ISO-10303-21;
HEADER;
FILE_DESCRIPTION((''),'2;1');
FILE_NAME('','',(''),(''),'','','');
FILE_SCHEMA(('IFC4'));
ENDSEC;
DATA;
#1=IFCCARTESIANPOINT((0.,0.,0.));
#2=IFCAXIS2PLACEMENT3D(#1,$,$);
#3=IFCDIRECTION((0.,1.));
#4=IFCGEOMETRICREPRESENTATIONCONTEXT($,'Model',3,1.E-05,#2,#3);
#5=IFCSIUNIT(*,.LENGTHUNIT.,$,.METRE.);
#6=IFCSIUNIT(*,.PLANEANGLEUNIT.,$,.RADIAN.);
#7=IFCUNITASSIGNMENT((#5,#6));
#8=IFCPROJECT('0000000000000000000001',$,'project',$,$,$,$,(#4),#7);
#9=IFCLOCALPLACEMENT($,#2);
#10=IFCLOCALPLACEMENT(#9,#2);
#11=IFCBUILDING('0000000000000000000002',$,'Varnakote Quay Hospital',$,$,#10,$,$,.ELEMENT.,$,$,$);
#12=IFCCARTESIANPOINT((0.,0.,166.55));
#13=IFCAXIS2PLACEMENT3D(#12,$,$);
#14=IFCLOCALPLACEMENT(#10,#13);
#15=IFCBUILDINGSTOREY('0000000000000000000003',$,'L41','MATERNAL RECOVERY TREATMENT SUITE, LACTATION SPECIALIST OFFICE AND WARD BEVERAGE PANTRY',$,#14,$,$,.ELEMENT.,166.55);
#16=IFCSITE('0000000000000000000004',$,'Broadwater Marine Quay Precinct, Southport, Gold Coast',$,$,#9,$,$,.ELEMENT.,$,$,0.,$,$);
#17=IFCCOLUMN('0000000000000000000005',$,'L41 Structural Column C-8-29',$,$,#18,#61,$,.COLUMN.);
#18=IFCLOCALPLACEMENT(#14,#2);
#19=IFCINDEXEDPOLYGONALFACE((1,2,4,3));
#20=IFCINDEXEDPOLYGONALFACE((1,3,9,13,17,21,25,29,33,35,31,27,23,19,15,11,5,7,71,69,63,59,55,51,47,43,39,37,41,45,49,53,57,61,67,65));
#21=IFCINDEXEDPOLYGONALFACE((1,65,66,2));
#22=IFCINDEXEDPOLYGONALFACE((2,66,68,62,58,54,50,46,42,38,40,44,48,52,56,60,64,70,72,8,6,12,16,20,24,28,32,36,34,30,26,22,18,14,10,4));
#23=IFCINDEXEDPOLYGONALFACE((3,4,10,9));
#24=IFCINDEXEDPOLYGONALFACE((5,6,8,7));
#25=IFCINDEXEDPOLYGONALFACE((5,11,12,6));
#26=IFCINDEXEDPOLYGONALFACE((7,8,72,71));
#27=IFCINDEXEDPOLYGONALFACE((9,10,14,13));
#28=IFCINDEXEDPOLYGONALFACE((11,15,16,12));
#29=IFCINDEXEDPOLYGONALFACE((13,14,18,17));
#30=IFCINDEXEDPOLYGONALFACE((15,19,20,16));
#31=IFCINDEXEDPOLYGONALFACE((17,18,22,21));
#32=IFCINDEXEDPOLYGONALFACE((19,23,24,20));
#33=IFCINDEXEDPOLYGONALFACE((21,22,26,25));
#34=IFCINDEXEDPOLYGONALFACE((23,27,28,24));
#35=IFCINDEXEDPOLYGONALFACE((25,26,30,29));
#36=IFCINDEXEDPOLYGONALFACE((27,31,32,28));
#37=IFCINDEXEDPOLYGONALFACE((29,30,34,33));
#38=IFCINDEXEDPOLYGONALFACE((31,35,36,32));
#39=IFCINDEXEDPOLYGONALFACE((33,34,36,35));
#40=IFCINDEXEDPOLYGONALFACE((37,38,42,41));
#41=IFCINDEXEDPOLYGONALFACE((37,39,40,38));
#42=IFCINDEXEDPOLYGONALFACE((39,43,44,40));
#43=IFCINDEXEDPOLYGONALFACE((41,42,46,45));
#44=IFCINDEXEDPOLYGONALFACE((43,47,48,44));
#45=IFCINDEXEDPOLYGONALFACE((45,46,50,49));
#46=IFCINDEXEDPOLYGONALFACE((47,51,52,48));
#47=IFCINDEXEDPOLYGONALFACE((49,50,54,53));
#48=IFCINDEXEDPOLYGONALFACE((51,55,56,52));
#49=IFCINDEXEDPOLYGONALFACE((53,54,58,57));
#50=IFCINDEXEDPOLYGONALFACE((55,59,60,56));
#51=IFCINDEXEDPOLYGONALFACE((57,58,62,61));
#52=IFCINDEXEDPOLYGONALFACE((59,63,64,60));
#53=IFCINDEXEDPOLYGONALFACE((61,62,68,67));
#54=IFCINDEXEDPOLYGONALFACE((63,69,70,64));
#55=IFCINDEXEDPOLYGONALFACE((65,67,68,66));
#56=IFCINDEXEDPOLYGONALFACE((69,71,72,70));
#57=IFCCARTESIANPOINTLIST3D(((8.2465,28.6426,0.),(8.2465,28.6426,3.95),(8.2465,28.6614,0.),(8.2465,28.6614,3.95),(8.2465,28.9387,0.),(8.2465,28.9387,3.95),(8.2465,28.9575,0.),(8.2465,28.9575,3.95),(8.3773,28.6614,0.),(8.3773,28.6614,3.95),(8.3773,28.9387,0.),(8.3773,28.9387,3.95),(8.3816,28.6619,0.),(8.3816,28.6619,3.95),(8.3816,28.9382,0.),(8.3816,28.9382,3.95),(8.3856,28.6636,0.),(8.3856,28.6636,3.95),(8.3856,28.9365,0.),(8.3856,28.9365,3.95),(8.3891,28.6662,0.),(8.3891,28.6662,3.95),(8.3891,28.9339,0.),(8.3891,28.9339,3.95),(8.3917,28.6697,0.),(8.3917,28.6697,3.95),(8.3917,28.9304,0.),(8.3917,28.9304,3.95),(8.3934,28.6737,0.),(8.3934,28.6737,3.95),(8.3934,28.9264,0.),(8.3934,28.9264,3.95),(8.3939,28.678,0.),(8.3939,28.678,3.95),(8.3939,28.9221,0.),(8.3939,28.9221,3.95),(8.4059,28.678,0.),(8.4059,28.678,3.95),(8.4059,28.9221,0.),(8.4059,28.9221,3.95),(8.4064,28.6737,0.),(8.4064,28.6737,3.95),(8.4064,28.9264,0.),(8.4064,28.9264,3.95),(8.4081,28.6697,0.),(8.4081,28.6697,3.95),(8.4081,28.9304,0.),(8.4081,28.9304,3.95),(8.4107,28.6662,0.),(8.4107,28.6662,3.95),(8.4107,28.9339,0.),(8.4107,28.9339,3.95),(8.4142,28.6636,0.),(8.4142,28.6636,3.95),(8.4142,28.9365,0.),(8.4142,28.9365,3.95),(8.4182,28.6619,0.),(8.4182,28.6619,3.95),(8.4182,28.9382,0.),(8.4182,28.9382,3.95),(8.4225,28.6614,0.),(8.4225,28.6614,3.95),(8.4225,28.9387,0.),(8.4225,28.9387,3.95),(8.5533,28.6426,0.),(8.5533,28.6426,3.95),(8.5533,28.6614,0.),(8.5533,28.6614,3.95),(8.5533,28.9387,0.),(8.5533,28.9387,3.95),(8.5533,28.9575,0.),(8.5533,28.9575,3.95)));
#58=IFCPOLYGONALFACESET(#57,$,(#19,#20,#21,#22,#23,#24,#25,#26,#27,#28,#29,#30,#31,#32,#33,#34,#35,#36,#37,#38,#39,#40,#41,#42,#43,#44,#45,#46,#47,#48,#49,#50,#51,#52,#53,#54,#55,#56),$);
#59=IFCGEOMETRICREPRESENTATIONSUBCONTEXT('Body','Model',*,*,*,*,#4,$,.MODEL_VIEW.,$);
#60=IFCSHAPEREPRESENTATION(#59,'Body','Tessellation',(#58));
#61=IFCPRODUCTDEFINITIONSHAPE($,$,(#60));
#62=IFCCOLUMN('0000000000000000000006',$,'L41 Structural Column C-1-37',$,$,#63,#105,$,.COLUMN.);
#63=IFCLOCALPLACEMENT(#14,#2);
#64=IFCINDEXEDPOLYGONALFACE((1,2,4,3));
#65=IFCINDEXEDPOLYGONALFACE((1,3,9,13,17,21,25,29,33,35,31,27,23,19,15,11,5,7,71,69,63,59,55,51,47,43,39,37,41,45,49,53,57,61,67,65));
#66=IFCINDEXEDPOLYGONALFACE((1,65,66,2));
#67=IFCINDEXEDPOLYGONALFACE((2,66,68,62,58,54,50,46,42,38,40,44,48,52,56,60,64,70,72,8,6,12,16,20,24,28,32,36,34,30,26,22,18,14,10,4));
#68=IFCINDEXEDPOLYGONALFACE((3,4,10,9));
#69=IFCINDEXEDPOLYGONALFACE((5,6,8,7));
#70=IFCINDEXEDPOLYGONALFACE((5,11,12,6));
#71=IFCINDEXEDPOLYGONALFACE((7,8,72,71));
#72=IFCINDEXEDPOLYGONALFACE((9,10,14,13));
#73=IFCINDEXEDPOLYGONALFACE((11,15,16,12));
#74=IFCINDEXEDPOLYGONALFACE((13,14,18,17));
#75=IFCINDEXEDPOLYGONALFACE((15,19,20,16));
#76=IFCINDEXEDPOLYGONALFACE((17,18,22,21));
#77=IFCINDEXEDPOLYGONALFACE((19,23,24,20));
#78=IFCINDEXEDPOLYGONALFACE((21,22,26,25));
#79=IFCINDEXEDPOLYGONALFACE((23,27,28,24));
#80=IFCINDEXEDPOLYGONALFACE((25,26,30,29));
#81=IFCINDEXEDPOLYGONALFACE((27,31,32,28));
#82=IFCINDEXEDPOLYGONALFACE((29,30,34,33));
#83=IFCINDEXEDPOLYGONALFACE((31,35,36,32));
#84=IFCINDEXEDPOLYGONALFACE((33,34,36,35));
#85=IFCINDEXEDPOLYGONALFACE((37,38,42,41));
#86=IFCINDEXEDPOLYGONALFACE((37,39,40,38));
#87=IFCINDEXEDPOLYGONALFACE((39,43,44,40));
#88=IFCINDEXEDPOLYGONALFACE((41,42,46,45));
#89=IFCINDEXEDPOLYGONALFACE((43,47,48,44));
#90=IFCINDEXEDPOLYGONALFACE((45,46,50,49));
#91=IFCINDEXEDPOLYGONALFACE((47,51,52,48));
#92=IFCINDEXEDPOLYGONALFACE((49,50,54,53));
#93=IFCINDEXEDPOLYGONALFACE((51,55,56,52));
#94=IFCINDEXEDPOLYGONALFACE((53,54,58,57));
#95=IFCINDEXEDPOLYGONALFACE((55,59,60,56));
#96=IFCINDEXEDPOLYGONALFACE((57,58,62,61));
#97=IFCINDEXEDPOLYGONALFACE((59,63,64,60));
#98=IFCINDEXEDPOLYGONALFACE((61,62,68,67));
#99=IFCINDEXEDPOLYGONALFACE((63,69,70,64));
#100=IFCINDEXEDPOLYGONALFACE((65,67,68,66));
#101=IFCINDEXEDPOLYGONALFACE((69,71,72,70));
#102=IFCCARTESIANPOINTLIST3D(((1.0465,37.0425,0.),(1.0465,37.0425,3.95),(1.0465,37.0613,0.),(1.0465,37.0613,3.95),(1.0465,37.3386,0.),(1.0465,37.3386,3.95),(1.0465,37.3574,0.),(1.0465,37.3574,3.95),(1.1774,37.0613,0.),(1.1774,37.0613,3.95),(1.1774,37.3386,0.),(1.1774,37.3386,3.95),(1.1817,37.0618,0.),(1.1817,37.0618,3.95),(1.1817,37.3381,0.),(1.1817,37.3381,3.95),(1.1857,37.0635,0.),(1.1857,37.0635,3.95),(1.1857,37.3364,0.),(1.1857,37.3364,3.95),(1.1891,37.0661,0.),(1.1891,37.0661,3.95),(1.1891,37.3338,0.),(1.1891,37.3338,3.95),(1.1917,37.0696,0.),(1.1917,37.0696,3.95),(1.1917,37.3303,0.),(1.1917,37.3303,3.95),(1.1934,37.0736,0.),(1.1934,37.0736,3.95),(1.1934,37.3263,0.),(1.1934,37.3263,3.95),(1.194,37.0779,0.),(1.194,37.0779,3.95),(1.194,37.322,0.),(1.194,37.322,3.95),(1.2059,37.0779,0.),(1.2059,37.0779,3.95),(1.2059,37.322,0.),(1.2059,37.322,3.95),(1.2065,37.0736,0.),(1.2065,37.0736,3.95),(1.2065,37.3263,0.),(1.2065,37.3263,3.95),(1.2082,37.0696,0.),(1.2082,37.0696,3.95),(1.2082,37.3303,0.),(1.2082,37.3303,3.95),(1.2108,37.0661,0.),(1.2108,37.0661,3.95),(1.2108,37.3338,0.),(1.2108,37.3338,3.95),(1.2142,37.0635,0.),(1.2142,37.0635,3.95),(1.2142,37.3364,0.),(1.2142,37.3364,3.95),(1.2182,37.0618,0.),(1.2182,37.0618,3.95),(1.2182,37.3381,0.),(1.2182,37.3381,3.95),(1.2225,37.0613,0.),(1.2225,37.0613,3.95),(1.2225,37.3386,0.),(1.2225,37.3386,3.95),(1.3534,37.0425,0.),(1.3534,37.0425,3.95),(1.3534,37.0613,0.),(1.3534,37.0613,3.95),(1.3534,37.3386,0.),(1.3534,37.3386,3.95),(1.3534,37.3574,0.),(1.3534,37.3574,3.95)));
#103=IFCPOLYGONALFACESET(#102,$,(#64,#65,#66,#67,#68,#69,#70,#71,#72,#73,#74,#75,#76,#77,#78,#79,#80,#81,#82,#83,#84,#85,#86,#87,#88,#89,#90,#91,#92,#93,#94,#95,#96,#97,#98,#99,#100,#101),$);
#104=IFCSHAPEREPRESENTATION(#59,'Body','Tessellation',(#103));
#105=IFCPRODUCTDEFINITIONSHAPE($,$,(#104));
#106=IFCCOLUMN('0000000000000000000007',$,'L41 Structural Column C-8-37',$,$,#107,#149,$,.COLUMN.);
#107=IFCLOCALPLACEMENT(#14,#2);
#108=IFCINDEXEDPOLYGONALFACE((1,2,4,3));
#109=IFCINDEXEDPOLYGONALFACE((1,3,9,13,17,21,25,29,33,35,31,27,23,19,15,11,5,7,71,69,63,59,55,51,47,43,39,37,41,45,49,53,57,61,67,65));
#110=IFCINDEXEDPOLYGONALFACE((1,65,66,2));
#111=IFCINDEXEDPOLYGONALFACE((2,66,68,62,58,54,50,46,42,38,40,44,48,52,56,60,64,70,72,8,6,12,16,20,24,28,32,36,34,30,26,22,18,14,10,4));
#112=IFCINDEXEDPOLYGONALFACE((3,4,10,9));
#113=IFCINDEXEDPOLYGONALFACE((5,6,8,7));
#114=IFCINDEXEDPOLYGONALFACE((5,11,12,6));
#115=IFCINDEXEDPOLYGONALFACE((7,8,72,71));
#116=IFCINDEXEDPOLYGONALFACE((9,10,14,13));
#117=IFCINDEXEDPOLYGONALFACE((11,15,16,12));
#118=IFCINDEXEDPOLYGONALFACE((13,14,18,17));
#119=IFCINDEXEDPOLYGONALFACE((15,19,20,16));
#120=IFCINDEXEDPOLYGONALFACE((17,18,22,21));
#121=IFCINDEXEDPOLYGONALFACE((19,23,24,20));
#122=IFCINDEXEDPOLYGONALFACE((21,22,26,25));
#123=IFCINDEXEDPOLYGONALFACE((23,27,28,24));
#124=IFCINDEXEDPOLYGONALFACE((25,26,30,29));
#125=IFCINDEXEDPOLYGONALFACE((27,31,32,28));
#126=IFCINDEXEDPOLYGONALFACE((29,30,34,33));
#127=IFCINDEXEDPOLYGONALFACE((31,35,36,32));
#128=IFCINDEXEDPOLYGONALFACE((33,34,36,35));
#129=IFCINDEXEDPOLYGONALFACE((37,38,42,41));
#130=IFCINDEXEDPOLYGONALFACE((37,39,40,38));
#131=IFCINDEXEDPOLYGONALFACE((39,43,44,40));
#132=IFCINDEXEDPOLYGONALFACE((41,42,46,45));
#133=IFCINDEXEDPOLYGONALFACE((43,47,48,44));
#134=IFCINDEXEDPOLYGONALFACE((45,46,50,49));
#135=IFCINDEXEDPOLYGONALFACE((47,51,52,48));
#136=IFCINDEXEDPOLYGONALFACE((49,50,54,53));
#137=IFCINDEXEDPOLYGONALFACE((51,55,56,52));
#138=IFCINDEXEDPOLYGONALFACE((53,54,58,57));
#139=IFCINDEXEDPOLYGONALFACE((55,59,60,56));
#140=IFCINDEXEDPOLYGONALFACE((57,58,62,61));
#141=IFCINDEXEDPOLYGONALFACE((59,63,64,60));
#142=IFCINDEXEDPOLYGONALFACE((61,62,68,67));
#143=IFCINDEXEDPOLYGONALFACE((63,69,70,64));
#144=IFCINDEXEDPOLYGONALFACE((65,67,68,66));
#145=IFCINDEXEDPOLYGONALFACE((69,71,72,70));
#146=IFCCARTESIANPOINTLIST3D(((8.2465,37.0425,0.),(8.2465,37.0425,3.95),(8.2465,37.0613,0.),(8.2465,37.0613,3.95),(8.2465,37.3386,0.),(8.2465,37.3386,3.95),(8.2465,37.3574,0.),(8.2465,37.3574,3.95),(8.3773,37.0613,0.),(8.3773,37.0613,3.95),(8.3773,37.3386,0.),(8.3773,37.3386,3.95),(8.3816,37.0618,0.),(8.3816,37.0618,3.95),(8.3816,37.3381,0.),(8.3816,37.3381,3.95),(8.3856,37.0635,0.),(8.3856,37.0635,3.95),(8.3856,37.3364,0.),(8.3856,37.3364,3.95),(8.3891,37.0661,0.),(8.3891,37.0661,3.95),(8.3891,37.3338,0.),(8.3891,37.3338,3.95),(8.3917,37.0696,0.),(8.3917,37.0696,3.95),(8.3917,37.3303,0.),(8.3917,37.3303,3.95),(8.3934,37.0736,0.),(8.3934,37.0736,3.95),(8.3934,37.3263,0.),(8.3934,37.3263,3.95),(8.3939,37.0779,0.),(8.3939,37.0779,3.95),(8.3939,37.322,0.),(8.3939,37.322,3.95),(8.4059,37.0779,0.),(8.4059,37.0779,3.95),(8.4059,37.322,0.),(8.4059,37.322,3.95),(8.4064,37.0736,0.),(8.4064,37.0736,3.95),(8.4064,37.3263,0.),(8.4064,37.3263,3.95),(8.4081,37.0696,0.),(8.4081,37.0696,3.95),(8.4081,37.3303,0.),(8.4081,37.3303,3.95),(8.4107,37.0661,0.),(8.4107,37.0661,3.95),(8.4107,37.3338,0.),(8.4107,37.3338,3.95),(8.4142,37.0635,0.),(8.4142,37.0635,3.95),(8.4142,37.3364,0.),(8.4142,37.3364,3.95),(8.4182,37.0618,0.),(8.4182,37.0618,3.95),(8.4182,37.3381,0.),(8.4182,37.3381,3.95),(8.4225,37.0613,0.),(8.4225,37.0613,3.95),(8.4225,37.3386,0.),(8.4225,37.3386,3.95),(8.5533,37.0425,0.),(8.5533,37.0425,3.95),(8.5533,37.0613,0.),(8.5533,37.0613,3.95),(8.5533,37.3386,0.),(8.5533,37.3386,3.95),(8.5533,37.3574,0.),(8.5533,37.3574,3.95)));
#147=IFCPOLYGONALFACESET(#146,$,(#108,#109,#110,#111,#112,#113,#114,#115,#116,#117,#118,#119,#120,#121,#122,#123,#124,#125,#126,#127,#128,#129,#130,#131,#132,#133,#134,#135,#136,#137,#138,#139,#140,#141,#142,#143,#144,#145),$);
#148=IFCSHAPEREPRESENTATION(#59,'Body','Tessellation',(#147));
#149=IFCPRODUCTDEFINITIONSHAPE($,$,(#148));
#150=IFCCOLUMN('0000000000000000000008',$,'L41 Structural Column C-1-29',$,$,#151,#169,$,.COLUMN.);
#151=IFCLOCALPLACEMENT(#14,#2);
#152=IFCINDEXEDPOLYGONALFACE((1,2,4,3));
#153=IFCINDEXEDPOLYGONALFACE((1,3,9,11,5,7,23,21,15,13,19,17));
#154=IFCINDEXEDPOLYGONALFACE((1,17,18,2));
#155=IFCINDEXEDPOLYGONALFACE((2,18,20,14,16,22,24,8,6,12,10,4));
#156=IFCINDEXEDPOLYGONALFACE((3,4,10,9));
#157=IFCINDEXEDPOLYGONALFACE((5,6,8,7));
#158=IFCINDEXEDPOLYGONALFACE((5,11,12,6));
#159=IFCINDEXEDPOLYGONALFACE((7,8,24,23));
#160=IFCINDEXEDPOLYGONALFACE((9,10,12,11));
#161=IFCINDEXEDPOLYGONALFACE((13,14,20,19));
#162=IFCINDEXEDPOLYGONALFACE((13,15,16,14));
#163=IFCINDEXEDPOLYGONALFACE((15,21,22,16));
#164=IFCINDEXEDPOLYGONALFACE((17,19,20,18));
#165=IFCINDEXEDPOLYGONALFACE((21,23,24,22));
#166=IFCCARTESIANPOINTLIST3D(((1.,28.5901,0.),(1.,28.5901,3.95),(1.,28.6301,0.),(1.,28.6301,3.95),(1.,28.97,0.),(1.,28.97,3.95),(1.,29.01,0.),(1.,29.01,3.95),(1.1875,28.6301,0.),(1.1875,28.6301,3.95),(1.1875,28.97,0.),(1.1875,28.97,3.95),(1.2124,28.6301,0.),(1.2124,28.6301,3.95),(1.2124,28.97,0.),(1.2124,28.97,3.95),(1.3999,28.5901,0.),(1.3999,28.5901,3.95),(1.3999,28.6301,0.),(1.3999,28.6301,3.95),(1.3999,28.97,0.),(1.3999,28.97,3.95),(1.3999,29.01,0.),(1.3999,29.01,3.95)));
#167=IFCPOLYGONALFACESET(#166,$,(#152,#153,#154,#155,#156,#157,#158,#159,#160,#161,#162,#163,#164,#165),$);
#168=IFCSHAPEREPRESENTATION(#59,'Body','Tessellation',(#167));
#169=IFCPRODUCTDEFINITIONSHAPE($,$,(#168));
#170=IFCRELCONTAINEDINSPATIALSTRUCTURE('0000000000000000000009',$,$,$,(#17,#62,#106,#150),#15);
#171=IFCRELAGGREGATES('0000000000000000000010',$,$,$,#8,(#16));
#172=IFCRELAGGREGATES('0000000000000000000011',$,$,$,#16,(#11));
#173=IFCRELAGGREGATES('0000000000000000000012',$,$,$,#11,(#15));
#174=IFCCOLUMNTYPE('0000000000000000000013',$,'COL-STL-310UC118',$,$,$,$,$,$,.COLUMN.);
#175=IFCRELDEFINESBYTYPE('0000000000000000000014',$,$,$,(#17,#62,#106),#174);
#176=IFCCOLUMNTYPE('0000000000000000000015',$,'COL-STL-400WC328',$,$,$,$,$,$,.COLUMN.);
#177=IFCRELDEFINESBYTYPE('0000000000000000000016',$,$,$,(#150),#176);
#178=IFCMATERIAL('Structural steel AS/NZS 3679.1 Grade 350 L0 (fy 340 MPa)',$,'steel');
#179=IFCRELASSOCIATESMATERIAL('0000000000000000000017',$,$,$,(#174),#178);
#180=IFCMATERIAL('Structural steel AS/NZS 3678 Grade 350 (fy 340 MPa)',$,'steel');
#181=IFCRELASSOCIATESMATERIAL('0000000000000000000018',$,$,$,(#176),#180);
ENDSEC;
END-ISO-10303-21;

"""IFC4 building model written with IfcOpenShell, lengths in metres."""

from ifc_helpers import new_model, si_unit, direction, frame, origin, origin_2d, place, context, subcontext, project, spatial, i_section, extrude, material, material_profile, profile_set, type_object, element, save


model = new_model("IFC4")

# Units and contexts
model_context = context("Model", 3, precision=1e-05, world=origin(), true_north=direction((0.0, 1.0)))
body_context = subcontext(model_context, "Body", "Model", "MODEL_VIEW")
ifc_project = project(units=[si_unit("LENGTHUNIT", "METRE"), si_unit("PLANEANGLEUNIT", "RADIAN")], contexts=[model_context])

# Site, building, storey
site_placement = place(None, origin())
site = spatial("IfcSite", under=ifc_project, at=site_placement, Name="Broadwater Marine Quay Precinct, Southport, Gold Coast", CompositionType="ELEMENT", RefElevation=0.0)
building_placement = place(site_placement, origin())
building = spatial("IfcBuilding", under=site, at=building_placement, Name="Varnakote Quay Hospital", CompositionType="ELEMENT")
storey_placement = place(building_placement, frame((0.0, 0.0, 166.55)))
storey = spatial("IfcBuildingStorey", under=building, at=storey_placement, Name="L41", Description="MATERNAL RECOVERY TREATMENT SUITE, LACTATION SPECIALIST OFFICE AND WARD BEVERAGE PANTRY", CompositionType="ELEMENT", Elevation=166.55)

# Columns
ifc_material_1 = material(Name="Structural steel AS/NZS 3679.1 Grade 350 L0 (fy 340 MPa)", Category="steel")
ifc_material_profile_1 = material_profile(ifc_material_1, i_section(OverallWidth=0.3069, OverallDepth=0.3149, WebThickness=0.012, FlangeThickness=0.0188, FilletRadius=0.0166, at=origin_2d()), Name="310UC118")
ifc_profile_set_1 = profile_set([ifc_material_profile_1], Name="Structural steel AS/NZS 3679.1 Grade 350 L0 (fy 340 MPa)")
column_type_1 = type_object("IfcColumnType", Name="COL-STL-310UC118", PredefinedType="COLUMN", material=ifc_profile_set_1)
for number, where, z_axis, x_axis, name in (
    (1, (8.3999, 28.8, 0.0), (0.0, 0.0, 1.0), (1.0, 0.0, 0.0), "L41 Structural Column C-8-29"),
    (2, (1.2, 37.2, 0.0), (0.0, 0.0, 1.0), (1.0, 0.0, 0.0), "L41 Structural Column C-1-37"),
    (3, (8.3999, 37.2, 0.0), (0.0, 0.0, 1.0), (1.0, 0.0, 0.0), "L41 Structural Column C-8-37"),
):
    element("IfcColumn", number, at=place(storey_placement, frame(where, z_axis=z_axis, x_axis=x_axis)), inside=storey, type_object=column_type_1, Name=name, PredefinedType="COLUMN", context=body_context, shape_type="SweptSolid", body=[
        extrude(i_section(OverallWidth=0.3069, OverallDepth=0.3149, WebThickness=0.012, FlangeThickness=0.0188, FilletRadius=0.0166, at=origin_2d()), origin(), (0.0, 0.0, 1.0), 3.95),
    ])
ifc_material_2 = material(Name="Structural steel AS/NZS 3678 Grade 350 (fy 340 MPa)", Category="steel")
ifc_material_profile_2 = material_profile(ifc_material_2, i_section(OverallWidth=0.3999, OverallDepth=0.4199, WebThickness=0.0249, FlangeThickness=0.04, at=origin_2d()), Name="400WC328")
ifc_profile_set_2 = profile_set([ifc_material_profile_2], Name="Structural steel AS/NZS 3678 Grade 350 (fy 340 MPa)")
column_type_2 = type_object("IfcColumnType", Name="COL-STL-400WC328", PredefinedType="COLUMN", material=ifc_profile_set_2)
column_placement = place(storey_placement, frame((1.2, 28.8, 0.0), z_axis=(0.0, 0.0, 1.0), x_axis=(1.0, 0.0, 0.0)))
element("IfcColumn", 4, at=column_placement, inside=storey, type_object=column_type_2, Name="L41 Structural Column C-1-29", PredefinedType="COLUMN", context=body_context, shape_type="SweptSolid", body=[
    extrude(i_section(OverallWidth=0.3999, OverallDepth=0.4199, WebThickness=0.0249, FlangeThickness=0.04, at=origin_2d()), origin(), (0.0, 0.0, 1.0), 3.95),
])

save(model, "model.ifc")
